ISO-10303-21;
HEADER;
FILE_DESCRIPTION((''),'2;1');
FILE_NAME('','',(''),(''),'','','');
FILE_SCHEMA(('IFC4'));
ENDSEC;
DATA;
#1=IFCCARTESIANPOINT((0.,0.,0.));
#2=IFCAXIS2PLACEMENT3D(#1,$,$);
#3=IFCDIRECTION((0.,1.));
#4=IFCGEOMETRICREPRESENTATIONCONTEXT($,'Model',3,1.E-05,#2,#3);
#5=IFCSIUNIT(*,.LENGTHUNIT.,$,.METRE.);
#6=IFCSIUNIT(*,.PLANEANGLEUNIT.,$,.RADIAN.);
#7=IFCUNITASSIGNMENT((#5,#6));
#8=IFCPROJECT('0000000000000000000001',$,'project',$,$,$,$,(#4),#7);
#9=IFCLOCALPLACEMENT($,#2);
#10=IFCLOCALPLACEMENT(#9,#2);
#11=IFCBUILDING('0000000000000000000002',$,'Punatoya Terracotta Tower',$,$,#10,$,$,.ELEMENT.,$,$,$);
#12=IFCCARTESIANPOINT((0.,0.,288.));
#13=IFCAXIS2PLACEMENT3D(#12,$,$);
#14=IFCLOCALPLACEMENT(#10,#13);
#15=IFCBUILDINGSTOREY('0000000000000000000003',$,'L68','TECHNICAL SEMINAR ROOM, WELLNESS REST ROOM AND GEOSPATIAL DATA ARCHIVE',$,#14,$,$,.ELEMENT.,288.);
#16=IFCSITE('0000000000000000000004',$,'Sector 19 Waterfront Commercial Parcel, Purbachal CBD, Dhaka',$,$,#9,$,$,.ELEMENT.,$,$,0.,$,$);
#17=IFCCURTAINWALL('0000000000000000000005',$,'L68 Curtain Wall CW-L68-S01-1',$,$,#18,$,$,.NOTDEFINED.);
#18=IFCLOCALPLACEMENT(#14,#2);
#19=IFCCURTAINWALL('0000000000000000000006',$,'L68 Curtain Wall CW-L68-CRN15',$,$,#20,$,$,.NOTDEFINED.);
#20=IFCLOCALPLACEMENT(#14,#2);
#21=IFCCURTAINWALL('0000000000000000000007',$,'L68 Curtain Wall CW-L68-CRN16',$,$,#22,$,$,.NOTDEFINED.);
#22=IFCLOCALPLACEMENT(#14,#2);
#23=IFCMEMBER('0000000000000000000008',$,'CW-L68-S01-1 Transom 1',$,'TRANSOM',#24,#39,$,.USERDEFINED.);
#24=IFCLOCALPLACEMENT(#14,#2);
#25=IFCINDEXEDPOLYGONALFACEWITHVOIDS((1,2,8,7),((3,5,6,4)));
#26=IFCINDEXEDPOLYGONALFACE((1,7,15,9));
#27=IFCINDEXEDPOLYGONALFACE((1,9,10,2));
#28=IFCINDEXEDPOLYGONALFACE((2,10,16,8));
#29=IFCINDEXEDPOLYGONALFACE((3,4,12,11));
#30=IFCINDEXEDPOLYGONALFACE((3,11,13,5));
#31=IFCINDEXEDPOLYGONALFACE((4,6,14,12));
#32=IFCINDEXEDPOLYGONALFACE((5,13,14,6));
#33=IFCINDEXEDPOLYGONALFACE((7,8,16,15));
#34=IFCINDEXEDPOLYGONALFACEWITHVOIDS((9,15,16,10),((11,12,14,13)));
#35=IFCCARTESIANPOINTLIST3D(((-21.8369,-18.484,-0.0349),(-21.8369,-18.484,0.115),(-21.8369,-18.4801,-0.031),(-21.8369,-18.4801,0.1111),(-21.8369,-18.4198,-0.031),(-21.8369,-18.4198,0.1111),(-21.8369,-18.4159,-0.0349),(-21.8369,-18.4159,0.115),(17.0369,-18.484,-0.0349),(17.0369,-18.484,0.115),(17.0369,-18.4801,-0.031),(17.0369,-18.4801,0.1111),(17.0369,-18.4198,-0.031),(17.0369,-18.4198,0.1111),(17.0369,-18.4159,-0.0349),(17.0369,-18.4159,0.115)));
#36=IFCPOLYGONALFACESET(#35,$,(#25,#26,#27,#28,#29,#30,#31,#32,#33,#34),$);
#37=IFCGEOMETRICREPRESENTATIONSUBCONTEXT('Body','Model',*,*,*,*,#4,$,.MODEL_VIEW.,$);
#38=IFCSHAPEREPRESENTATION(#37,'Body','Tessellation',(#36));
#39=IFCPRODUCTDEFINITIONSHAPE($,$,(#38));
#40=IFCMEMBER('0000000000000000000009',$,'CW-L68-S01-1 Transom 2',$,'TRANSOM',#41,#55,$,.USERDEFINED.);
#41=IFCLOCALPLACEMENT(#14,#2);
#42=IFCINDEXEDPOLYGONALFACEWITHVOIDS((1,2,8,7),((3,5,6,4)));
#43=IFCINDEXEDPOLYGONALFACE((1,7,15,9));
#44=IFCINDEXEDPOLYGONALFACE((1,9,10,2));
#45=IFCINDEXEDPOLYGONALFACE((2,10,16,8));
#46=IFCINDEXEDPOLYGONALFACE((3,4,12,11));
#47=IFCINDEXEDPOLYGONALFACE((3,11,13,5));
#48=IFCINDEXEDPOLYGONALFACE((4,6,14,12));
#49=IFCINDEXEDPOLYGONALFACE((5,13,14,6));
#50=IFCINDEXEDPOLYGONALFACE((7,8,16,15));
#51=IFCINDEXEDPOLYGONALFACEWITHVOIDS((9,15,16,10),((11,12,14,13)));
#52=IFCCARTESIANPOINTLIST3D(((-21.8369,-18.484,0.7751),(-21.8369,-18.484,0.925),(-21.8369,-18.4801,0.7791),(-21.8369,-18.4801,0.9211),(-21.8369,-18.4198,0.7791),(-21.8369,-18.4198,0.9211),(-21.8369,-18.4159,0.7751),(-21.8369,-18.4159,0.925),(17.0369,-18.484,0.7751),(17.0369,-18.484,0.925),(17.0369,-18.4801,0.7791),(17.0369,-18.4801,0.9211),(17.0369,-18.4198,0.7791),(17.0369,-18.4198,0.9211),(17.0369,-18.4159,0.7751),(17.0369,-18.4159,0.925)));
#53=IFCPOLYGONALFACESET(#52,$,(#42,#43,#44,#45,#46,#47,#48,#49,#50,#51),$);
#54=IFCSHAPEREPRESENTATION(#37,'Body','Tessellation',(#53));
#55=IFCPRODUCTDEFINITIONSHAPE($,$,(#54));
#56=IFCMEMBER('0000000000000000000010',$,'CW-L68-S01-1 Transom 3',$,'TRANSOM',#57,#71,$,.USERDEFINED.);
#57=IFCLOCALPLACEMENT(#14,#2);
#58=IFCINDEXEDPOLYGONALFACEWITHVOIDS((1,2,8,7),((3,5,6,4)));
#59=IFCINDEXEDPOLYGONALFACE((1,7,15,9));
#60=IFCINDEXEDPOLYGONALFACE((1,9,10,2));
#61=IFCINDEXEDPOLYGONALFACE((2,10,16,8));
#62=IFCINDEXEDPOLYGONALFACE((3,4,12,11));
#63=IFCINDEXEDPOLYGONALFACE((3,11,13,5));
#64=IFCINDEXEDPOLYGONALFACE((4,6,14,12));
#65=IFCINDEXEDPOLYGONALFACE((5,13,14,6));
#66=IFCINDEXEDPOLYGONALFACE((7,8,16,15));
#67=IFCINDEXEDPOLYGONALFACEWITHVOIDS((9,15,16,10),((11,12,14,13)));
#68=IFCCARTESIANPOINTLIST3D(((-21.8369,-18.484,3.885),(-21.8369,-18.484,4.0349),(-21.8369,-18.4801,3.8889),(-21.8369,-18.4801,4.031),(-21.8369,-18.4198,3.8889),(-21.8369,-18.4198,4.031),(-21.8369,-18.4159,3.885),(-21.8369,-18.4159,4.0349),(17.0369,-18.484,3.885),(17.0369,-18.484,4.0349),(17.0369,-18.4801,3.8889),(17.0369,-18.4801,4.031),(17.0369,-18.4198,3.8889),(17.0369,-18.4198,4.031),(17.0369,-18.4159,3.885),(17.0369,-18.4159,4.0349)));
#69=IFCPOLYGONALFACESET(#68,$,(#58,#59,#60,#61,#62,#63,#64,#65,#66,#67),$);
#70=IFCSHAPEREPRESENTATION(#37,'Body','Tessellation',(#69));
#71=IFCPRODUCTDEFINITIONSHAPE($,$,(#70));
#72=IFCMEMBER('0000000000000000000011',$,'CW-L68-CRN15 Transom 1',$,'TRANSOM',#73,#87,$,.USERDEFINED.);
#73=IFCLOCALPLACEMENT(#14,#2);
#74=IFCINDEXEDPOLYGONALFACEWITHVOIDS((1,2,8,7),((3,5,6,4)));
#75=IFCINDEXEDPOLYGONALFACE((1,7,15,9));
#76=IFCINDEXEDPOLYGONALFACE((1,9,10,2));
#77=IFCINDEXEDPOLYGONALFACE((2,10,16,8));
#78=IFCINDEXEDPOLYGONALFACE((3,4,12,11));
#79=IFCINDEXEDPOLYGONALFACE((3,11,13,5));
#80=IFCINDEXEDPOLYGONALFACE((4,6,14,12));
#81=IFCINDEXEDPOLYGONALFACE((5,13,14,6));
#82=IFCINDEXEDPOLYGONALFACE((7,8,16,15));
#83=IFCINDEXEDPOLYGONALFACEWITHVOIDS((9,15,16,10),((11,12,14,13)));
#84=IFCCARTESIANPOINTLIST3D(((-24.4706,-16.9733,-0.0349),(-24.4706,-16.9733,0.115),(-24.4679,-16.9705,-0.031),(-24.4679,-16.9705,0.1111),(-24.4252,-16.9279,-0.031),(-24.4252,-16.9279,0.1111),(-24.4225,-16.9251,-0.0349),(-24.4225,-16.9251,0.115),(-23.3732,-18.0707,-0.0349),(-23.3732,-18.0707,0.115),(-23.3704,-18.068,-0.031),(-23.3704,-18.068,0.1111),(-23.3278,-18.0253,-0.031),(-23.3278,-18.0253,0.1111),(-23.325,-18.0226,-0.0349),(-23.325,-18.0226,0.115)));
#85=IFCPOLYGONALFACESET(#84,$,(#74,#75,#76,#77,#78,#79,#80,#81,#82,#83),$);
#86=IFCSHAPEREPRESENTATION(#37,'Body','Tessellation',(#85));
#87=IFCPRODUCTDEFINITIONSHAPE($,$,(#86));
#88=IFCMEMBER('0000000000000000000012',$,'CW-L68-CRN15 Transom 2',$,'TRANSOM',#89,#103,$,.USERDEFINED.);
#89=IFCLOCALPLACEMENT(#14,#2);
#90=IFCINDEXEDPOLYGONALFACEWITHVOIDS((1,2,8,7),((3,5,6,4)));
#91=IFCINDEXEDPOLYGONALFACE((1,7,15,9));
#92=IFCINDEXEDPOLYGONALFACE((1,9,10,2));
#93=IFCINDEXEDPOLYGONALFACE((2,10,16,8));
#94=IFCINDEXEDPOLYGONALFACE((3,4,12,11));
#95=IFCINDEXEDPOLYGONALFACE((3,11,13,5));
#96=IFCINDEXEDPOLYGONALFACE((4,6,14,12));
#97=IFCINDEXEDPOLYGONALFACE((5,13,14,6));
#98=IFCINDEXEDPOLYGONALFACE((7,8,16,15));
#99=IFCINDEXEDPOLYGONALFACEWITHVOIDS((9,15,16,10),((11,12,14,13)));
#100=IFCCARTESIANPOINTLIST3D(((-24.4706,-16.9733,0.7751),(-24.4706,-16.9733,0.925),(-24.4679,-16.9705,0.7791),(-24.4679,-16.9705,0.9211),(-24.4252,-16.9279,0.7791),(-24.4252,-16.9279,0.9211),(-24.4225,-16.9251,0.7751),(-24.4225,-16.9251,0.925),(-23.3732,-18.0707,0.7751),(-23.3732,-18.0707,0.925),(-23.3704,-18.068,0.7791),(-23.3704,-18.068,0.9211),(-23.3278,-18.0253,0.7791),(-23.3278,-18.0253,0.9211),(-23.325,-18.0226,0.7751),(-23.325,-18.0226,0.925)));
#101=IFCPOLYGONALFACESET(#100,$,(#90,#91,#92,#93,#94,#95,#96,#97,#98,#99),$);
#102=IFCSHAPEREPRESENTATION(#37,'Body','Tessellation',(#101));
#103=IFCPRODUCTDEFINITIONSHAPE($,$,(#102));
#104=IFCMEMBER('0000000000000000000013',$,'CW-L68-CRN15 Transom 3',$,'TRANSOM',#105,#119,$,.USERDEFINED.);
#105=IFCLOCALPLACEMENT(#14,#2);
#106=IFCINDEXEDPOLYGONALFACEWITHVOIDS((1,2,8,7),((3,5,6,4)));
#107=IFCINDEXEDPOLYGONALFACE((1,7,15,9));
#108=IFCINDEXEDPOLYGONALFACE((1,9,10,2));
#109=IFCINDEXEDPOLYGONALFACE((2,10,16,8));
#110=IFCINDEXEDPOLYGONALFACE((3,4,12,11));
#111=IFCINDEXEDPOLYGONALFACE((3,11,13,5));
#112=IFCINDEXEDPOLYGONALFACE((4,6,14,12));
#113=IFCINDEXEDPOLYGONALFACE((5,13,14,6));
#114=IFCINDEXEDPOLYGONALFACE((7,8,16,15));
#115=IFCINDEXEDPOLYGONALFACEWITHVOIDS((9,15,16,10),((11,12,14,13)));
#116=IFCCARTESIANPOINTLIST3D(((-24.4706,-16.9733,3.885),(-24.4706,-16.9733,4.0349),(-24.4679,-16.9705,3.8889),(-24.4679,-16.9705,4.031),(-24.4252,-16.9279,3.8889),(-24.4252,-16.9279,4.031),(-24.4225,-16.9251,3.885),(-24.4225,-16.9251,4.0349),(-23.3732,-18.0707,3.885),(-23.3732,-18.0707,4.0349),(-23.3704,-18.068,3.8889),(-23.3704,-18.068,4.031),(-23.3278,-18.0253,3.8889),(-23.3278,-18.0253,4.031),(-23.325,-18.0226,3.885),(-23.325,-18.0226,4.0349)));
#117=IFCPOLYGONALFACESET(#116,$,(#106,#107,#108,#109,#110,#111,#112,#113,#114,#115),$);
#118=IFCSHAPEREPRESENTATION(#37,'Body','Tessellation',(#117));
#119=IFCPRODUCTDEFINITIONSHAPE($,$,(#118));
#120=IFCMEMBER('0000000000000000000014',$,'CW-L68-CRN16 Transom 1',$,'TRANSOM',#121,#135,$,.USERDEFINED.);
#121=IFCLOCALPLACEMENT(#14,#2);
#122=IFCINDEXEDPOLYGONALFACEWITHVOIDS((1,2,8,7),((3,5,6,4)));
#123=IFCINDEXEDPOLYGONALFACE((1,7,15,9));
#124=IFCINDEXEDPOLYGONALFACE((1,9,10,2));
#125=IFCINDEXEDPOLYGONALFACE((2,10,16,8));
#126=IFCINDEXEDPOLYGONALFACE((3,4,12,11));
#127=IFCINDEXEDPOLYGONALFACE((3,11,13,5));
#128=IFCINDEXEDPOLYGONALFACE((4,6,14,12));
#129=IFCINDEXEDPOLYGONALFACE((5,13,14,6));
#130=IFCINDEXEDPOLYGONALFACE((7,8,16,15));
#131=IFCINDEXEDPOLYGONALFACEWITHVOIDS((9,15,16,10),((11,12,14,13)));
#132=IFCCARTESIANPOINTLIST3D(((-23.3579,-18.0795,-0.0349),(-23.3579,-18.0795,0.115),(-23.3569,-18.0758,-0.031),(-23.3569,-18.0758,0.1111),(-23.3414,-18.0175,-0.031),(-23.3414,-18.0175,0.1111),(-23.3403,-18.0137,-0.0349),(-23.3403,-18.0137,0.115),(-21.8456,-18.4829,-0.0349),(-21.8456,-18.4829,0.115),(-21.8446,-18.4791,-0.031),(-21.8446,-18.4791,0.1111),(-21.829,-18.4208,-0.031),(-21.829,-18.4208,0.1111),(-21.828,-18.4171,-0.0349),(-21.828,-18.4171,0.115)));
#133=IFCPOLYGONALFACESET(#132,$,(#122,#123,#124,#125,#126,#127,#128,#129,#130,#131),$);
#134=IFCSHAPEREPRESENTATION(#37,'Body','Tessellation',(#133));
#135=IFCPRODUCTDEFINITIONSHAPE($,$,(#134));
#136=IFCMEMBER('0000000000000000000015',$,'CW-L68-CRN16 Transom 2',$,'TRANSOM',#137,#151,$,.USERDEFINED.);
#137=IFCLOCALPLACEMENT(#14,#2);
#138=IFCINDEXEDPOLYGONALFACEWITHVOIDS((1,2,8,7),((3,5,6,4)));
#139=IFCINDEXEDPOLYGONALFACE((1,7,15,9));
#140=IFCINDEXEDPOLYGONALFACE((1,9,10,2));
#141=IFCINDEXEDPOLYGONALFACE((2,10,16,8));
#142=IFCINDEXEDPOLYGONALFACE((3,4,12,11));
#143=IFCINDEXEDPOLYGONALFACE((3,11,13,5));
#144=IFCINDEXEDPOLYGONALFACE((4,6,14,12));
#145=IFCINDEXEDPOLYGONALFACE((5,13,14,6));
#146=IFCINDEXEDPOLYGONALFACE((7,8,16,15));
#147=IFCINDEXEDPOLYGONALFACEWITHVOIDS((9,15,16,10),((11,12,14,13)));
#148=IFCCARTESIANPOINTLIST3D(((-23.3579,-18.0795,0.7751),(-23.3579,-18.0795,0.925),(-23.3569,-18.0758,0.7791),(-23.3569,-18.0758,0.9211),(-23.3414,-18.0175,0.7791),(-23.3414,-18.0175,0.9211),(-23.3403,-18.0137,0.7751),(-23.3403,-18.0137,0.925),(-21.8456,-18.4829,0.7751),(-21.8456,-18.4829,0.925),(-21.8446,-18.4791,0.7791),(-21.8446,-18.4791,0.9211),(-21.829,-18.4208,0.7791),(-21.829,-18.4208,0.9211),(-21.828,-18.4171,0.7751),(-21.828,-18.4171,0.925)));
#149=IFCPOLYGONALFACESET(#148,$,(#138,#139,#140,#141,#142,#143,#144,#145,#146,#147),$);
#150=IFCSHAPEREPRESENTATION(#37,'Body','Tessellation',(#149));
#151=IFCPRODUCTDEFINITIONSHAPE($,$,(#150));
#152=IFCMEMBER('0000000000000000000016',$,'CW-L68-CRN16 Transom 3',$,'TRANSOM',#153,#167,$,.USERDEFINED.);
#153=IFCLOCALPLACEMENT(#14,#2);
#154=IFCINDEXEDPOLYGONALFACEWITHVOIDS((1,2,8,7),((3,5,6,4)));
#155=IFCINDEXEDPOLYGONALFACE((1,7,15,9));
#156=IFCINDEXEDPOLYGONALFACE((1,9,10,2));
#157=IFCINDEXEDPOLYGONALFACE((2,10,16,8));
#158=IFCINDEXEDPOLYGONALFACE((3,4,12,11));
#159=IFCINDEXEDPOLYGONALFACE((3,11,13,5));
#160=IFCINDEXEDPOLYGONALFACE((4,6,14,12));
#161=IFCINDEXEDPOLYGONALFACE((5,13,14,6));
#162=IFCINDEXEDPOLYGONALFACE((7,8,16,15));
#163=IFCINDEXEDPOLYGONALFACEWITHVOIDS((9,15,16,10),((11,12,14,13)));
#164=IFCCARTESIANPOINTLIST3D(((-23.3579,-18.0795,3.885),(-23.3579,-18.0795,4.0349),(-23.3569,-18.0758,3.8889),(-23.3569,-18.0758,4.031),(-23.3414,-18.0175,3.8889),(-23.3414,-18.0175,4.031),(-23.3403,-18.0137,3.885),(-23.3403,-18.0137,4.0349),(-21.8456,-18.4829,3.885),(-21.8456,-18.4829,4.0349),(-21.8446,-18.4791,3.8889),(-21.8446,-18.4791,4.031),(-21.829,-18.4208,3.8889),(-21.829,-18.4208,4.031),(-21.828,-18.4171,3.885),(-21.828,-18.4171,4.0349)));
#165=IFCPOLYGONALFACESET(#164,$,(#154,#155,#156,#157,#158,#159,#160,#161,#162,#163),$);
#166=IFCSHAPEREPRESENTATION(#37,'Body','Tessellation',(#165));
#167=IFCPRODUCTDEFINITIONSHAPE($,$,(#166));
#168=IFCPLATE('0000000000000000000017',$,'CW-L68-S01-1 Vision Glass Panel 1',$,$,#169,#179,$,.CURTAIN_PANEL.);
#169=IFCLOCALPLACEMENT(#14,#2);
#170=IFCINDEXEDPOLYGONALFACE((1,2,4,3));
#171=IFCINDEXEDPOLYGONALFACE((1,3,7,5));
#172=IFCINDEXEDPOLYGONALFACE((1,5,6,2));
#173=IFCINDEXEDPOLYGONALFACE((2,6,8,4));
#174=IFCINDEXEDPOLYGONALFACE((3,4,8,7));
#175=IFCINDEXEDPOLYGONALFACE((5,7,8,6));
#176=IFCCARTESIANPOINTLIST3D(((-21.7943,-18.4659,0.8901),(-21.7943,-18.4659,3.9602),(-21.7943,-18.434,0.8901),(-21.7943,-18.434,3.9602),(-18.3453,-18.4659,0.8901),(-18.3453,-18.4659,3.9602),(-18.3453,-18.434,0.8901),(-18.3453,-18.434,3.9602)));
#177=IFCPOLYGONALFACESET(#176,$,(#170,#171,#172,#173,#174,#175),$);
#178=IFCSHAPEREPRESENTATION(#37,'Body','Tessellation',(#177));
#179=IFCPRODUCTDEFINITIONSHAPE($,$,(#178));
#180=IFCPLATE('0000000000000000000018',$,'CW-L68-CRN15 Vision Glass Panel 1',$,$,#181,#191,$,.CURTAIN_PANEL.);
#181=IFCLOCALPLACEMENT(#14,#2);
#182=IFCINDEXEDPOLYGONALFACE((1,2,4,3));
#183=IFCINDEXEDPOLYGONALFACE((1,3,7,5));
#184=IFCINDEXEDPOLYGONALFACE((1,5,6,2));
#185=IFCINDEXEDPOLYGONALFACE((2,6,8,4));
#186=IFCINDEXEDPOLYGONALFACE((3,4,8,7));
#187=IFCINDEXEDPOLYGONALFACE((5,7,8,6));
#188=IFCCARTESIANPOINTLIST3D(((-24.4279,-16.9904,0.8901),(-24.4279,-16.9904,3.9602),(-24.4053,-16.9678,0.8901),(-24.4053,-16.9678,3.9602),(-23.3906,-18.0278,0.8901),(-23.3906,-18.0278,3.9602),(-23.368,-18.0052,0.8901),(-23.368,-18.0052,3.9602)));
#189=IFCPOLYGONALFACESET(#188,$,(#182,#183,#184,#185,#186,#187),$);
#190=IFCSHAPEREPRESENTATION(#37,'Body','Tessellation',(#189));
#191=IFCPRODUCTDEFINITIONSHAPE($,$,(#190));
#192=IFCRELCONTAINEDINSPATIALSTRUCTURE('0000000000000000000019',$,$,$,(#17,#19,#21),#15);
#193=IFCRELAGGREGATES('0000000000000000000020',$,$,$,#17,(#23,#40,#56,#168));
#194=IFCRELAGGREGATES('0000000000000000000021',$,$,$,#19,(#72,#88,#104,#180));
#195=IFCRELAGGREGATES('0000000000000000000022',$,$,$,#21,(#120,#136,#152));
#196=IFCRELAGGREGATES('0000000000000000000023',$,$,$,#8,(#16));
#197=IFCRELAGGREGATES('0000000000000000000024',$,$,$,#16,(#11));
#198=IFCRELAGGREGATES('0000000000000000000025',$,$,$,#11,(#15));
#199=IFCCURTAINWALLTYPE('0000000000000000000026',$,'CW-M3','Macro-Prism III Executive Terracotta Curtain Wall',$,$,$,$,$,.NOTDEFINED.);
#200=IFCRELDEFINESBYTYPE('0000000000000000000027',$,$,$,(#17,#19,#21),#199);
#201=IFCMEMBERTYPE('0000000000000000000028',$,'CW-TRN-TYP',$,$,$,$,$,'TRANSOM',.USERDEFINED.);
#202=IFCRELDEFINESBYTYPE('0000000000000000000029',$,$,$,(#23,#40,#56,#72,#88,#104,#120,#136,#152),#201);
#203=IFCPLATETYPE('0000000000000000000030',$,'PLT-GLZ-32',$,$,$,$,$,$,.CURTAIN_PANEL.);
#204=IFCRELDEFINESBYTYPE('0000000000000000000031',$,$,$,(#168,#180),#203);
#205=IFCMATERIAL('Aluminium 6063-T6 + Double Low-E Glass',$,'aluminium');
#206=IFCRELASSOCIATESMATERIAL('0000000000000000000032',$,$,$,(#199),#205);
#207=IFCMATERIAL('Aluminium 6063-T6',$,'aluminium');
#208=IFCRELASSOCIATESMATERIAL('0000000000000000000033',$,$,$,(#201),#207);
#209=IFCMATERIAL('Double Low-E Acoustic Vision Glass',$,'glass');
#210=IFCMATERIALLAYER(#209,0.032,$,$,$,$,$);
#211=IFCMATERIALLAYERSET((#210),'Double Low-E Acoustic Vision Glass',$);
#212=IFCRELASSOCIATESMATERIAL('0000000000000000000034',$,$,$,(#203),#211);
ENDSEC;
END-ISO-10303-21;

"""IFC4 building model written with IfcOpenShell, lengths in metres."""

from ifc_helpers import new_model, si_unit, direction, frame, origin, origin_2d, place, context, subcontext, project, spatial, rectangle, hollow_rectangle, extrude, material, layer, layer_set, material_profile, profile_set, type_object, element, aggregate, save


model = new_model("IFC4")

# Units and contexts
model_context = context("Model", 3, precision=1e-05, world=origin(), true_north=direction((0.0, 1.0)))
body_context = subcontext(model_context, "Body", "Model", "MODEL_VIEW")
ifc_project = project(units=[si_unit("LENGTHUNIT", "METRE"), si_unit("PLANEANGLEUNIT", "RADIAN")], contexts=[model_context])

# Site, building, storey
site_placement = place(None, origin())
site = spatial("IfcSite", under=ifc_project, at=site_placement, Name="Sector 19 Waterfront Commercial Parcel, Purbachal CBD, Dhaka", CompositionType="ELEMENT", RefElevation=0.0)
building_placement = place(site_placement, origin())
building = spatial("IfcBuilding", under=site, at=building_placement, Name="Punatoya Terracotta Tower", CompositionType="ELEMENT")
storey_placement = place(building_placement, frame((0.0, 0.0, 288.0)))
storey = spatial("IfcBuildingStorey", under=building, at=storey_placement, Name="L68", Description="TECHNICAL SEMINAR ROOM, WELLNESS REST ROOM AND GEOSPATIAL DATA ARCHIVE", CompositionType="ELEMENT", Elevation=288.0)

# Curtain wall
ifc_material_1 = material(Name="Aluminium 6063-T6 + Double Low-E Glass", Category="aluminium")
curtain_wall_type = type_object("IfcCurtainWallType", Name="CW-M3", Description="Macro-Prism III Executive Terracotta Curtain Wall", PredefinedType="NOTDEFINED", material=ifc_material_1)
curtain_wall_1_placement = place(storey_placement, origin())
curtain_wall_1 = element("IfcCurtainWall", 1, at=curtain_wall_1_placement, inside=storey, type_object=curtain_wall_type, Name="L68 Curtain Wall CW-L68-S01-1", PredefinedType="NOTDEFINED")
ifc_material_2 = material(Name="Aluminium 6063-T6", Category="aluminium")

# Curtain walls
curtain_wall_2_placement = place(storey_placement, origin())
curtain_wall_2 = element("IfcCurtainWall", 2, at=curtain_wall_2_placement, inside=storey, type_object=curtain_wall_type, Name="L68 Curtain Wall CW-L68-CRN15", PredefinedType="NOTDEFINED")
curtain_wall_3_placement = place(storey_placement, origin())
curtain_wall_3 = element("IfcCurtainWall", 3, at=curtain_wall_3_placement, inside=storey, type_object=curtain_wall_type, Name="L68 Curtain Wall CW-L68-CRN16", PredefinedType="NOTDEFINED")

# Members
ifc_material_profile_1 = material_profile(ifc_material_2, hollow_rectangle(XDim=0.0681, YDim=0.1499, WallThickness=0.0039, at=origin_2d()))
ifc_profile_set_1 = profile_set([ifc_material_profile_1], Name="Aluminium 6063-T6")
member_type_1 = type_object("IfcMemberType", Name="CW-TRN-TYP", ElementType="TRANSOM", PredefinedType="USERDEFINED", material=ifc_profile_set_1)
member_1_placement = place(storey_placement, frame((-21.8369, -18.45, 0.04), z_axis=(1.0, 0.0, 0.0), x_axis=(0.0, 1.0, 0.0)))
member_1 = element("IfcMember", 4, at=member_1_placement, type_object=member_type_1, Name="CW-L68-S01-1 Transom 1", ObjectType="TRANSOM", PredefinedType="USERDEFINED", context=body_context, shape_type="SweptSolid", body=[
    extrude(hollow_rectangle(XDim=0.0681, YDim=0.1499, WallThickness=0.0039, at=origin_2d()), origin(), (0.0, 0.0, 1.0), 38.8738),
])
member_2_placement = place(storey_placement, frame((-21.8369, -18.45, 0.8501), z_axis=(1.0, 0.0, 0.0), x_axis=(0.0, 1.0, 0.0)))
member_2 = element("IfcMember", 5, at=member_2_placement, type_object=member_type_1, Name="CW-L68-S01-1 Transom 2", ObjectType="TRANSOM", PredefinedType="USERDEFINED", context=body_context, shape_type="SweptSolid", body=[
    extrude(hollow_rectangle(XDim=0.0681, YDim=0.1499, WallThickness=0.0039, at=origin_2d()), origin(), (0.0, 0.0, 1.0), 38.8738),
])
member_3_placement = place(storey_placement, frame((-21.8369, -18.45, 3.96), z_axis=(1.0, 0.0, 0.0), x_axis=(0.0, 1.0, 0.0)))
member_3 = element("IfcMember", 6, at=member_3_placement, type_object=member_type_1, Name="CW-L68-S01-1 Transom 3", ObjectType="TRANSOM", PredefinedType="USERDEFINED", context=body_context, shape_type="SweptSolid", body=[
    extrude(hollow_rectangle(XDim=0.0681, YDim=0.1499, WallThickness=0.0039, at=origin_2d()), origin(), (0.0, 0.0, 1.0), 38.8738),
])
member_4_placement = place(storey_placement, frame((-24.4465, -16.9492, 0.04), z_axis=(0.707107, -0.707107, 0.0), x_axis=(0.707107, 0.707107, 0.0)))
member_4 = element("IfcMember", 7, at=member_4_placement, type_object=member_type_1, Name="CW-L68-CRN15 Transom 1", ObjectType="TRANSOM", PredefinedType="USERDEFINED", context=body_context, shape_type="SweptSolid", body=[
    extrude(hollow_rectangle(XDim=0.0681, YDim=0.1499, WallThickness=0.0039, at=origin_2d()), origin(), (0.0, 0.0, 1.0), 1.552),
])
member_5_placement = place(storey_placement, frame((-24.4465, -16.9492, 0.8501), z_axis=(0.707107, -0.707107, 0.0), x_axis=(0.707107, 0.707107, 0.0)))
member_5 = element("IfcMember", 8, at=member_5_placement, type_object=member_type_1, Name="CW-L68-CRN15 Transom 2", ObjectType="TRANSOM", PredefinedType="USERDEFINED", context=body_context, shape_type="SweptSolid", body=[
    extrude(hollow_rectangle(XDim=0.0681, YDim=0.1499, WallThickness=0.0039, at=origin_2d()), origin(), (0.0, 0.0, 1.0), 1.552),
])
member_6_placement = place(storey_placement, frame((-24.4465, -16.9492, 3.96), z_axis=(0.707107, -0.707107, 0.0), x_axis=(0.707107, 0.707107, 0.0)))
member_6 = element("IfcMember", 9, at=member_6_placement, type_object=member_type_1, Name="CW-L68-CRN15 Transom 3", ObjectType="TRANSOM", PredefinedType="USERDEFINED", context=body_context, shape_type="SweptSolid", body=[
    extrude(hollow_rectangle(XDim=0.0681, YDim=0.1499, WallThickness=0.0039, at=origin_2d()), origin(), (0.0, 0.0, 1.0), 1.552),
])
member_7_placement = place(storey_placement, frame((-23.3491, -18.0466, 0.04), z_axis=(0.966225, -0.257701, 0.0), x_axis=(0.257701, 0.966225, 0.0)))
member_7 = element("IfcMember", 10, at=member_7_placement, type_object=member_type_1, Name="CW-L68-CRN16 Transom 1", ObjectType="TRANSOM", PredefinedType="USERDEFINED", context=body_context, shape_type="SweptSolid", body=[
    extrude(hollow_rectangle(XDim=0.0681, YDim=0.1499, WallThickness=0.0039, at=origin_2d()), origin(), (0.0, 0.0, 1.0), 1.5652),
])
member_8_placement = place(storey_placement, frame((-23.3491, -18.0466, 0.8501), z_axis=(0.966225, -0.257701, 0.0), x_axis=(0.257701, 0.966225, 0.0)))
member_8 = element("IfcMember", 11, at=member_8_placement, type_object=member_type_1, Name="CW-L68-CRN16 Transom 2", ObjectType="TRANSOM", PredefinedType="USERDEFINED", context=body_context, shape_type="SweptSolid", body=[
    extrude(hollow_rectangle(XDim=0.0681, YDim=0.1499, WallThickness=0.0039, at=origin_2d()), origin(), (0.0, 0.0, 1.0), 1.5652),
])
member_9_placement = place(storey_placement, frame((-23.3491, -18.0466, 3.96), z_axis=(0.966225, -0.257701, 0.0), x_axis=(0.257701, 0.966225, 0.0)))
member_9 = element("IfcMember", 12, at=member_9_placement, type_object=member_type_1, Name="CW-L68-CRN16 Transom 3", ObjectType="TRANSOM", PredefinedType="USERDEFINED", context=body_context, shape_type="SweptSolid", body=[
    extrude(hollow_rectangle(XDim=0.0681, YDim=0.1499, WallThickness=0.0039, at=origin_2d()), origin(), (0.0, 0.0, 1.0), 1.5652),
])

# Plates
ifc_material_3 = material(Name="Double Low-E Acoustic Vision Glass", Category="glass")
ifc_layer_1 = layer(ifc_material_3, 0.032)
ifc_layer_set_1 = layer_set([ifc_layer_1], Name="Double Low-E Acoustic Vision Glass")
plate_type_1 = type_object("IfcPlateType", Name="PLT-GLZ-32", PredefinedType="CURTAIN_PANEL", material=ifc_layer_set_1)
plate_1_placement = place(storey_placement, frame((-20.0698, -18.45, 0.8901), z_axis=(0.0, 0.0, 1.0), x_axis=(1.0, 0.0, 0.0)))
plate_1 = element("IfcPlate", 13, at=plate_1_placement, type_object=plate_type_1, Name="CW-L68-S01-1 Vision Glass Panel 1", PredefinedType="CURTAIN_PANEL", context=body_context, shape_type="SweptSolid", body=[
    extrude(rectangle(XDim=3.449, YDim=0.032, at=origin_2d()), origin(), (0.0, 0.0, 1.0), 3.0701),
])
plate_2_placement = place(storey_placement, frame((-23.8979, -17.4978, 0.8901), z_axis=(0.0, 0.0, 1.0), x_axis=(0.707107, -0.707107, 0.0)))
plate_2 = element("IfcPlate", 14, at=plate_2_placement, type_object=plate_type_1, Name="CW-L68-CRN15 Vision Glass Panel 1", PredefinedType="CURTAIN_PANEL", context=body_context, shape_type="SweptSolid", body=[
    extrude(rectangle(XDim=1.467, YDim=0.032, at=origin_2d()), origin(), (0.0, 0.0, 1.0), 3.0701),
])
aggregate(curtain_wall_1, [member_1, member_2, member_3, plate_1])
aggregate(curtain_wall_2, [member_4, member_5, member_6, plate_2])
aggregate(curtain_wall_3, [member_7, member_8, member_9])

save(model, "model.ifc")
